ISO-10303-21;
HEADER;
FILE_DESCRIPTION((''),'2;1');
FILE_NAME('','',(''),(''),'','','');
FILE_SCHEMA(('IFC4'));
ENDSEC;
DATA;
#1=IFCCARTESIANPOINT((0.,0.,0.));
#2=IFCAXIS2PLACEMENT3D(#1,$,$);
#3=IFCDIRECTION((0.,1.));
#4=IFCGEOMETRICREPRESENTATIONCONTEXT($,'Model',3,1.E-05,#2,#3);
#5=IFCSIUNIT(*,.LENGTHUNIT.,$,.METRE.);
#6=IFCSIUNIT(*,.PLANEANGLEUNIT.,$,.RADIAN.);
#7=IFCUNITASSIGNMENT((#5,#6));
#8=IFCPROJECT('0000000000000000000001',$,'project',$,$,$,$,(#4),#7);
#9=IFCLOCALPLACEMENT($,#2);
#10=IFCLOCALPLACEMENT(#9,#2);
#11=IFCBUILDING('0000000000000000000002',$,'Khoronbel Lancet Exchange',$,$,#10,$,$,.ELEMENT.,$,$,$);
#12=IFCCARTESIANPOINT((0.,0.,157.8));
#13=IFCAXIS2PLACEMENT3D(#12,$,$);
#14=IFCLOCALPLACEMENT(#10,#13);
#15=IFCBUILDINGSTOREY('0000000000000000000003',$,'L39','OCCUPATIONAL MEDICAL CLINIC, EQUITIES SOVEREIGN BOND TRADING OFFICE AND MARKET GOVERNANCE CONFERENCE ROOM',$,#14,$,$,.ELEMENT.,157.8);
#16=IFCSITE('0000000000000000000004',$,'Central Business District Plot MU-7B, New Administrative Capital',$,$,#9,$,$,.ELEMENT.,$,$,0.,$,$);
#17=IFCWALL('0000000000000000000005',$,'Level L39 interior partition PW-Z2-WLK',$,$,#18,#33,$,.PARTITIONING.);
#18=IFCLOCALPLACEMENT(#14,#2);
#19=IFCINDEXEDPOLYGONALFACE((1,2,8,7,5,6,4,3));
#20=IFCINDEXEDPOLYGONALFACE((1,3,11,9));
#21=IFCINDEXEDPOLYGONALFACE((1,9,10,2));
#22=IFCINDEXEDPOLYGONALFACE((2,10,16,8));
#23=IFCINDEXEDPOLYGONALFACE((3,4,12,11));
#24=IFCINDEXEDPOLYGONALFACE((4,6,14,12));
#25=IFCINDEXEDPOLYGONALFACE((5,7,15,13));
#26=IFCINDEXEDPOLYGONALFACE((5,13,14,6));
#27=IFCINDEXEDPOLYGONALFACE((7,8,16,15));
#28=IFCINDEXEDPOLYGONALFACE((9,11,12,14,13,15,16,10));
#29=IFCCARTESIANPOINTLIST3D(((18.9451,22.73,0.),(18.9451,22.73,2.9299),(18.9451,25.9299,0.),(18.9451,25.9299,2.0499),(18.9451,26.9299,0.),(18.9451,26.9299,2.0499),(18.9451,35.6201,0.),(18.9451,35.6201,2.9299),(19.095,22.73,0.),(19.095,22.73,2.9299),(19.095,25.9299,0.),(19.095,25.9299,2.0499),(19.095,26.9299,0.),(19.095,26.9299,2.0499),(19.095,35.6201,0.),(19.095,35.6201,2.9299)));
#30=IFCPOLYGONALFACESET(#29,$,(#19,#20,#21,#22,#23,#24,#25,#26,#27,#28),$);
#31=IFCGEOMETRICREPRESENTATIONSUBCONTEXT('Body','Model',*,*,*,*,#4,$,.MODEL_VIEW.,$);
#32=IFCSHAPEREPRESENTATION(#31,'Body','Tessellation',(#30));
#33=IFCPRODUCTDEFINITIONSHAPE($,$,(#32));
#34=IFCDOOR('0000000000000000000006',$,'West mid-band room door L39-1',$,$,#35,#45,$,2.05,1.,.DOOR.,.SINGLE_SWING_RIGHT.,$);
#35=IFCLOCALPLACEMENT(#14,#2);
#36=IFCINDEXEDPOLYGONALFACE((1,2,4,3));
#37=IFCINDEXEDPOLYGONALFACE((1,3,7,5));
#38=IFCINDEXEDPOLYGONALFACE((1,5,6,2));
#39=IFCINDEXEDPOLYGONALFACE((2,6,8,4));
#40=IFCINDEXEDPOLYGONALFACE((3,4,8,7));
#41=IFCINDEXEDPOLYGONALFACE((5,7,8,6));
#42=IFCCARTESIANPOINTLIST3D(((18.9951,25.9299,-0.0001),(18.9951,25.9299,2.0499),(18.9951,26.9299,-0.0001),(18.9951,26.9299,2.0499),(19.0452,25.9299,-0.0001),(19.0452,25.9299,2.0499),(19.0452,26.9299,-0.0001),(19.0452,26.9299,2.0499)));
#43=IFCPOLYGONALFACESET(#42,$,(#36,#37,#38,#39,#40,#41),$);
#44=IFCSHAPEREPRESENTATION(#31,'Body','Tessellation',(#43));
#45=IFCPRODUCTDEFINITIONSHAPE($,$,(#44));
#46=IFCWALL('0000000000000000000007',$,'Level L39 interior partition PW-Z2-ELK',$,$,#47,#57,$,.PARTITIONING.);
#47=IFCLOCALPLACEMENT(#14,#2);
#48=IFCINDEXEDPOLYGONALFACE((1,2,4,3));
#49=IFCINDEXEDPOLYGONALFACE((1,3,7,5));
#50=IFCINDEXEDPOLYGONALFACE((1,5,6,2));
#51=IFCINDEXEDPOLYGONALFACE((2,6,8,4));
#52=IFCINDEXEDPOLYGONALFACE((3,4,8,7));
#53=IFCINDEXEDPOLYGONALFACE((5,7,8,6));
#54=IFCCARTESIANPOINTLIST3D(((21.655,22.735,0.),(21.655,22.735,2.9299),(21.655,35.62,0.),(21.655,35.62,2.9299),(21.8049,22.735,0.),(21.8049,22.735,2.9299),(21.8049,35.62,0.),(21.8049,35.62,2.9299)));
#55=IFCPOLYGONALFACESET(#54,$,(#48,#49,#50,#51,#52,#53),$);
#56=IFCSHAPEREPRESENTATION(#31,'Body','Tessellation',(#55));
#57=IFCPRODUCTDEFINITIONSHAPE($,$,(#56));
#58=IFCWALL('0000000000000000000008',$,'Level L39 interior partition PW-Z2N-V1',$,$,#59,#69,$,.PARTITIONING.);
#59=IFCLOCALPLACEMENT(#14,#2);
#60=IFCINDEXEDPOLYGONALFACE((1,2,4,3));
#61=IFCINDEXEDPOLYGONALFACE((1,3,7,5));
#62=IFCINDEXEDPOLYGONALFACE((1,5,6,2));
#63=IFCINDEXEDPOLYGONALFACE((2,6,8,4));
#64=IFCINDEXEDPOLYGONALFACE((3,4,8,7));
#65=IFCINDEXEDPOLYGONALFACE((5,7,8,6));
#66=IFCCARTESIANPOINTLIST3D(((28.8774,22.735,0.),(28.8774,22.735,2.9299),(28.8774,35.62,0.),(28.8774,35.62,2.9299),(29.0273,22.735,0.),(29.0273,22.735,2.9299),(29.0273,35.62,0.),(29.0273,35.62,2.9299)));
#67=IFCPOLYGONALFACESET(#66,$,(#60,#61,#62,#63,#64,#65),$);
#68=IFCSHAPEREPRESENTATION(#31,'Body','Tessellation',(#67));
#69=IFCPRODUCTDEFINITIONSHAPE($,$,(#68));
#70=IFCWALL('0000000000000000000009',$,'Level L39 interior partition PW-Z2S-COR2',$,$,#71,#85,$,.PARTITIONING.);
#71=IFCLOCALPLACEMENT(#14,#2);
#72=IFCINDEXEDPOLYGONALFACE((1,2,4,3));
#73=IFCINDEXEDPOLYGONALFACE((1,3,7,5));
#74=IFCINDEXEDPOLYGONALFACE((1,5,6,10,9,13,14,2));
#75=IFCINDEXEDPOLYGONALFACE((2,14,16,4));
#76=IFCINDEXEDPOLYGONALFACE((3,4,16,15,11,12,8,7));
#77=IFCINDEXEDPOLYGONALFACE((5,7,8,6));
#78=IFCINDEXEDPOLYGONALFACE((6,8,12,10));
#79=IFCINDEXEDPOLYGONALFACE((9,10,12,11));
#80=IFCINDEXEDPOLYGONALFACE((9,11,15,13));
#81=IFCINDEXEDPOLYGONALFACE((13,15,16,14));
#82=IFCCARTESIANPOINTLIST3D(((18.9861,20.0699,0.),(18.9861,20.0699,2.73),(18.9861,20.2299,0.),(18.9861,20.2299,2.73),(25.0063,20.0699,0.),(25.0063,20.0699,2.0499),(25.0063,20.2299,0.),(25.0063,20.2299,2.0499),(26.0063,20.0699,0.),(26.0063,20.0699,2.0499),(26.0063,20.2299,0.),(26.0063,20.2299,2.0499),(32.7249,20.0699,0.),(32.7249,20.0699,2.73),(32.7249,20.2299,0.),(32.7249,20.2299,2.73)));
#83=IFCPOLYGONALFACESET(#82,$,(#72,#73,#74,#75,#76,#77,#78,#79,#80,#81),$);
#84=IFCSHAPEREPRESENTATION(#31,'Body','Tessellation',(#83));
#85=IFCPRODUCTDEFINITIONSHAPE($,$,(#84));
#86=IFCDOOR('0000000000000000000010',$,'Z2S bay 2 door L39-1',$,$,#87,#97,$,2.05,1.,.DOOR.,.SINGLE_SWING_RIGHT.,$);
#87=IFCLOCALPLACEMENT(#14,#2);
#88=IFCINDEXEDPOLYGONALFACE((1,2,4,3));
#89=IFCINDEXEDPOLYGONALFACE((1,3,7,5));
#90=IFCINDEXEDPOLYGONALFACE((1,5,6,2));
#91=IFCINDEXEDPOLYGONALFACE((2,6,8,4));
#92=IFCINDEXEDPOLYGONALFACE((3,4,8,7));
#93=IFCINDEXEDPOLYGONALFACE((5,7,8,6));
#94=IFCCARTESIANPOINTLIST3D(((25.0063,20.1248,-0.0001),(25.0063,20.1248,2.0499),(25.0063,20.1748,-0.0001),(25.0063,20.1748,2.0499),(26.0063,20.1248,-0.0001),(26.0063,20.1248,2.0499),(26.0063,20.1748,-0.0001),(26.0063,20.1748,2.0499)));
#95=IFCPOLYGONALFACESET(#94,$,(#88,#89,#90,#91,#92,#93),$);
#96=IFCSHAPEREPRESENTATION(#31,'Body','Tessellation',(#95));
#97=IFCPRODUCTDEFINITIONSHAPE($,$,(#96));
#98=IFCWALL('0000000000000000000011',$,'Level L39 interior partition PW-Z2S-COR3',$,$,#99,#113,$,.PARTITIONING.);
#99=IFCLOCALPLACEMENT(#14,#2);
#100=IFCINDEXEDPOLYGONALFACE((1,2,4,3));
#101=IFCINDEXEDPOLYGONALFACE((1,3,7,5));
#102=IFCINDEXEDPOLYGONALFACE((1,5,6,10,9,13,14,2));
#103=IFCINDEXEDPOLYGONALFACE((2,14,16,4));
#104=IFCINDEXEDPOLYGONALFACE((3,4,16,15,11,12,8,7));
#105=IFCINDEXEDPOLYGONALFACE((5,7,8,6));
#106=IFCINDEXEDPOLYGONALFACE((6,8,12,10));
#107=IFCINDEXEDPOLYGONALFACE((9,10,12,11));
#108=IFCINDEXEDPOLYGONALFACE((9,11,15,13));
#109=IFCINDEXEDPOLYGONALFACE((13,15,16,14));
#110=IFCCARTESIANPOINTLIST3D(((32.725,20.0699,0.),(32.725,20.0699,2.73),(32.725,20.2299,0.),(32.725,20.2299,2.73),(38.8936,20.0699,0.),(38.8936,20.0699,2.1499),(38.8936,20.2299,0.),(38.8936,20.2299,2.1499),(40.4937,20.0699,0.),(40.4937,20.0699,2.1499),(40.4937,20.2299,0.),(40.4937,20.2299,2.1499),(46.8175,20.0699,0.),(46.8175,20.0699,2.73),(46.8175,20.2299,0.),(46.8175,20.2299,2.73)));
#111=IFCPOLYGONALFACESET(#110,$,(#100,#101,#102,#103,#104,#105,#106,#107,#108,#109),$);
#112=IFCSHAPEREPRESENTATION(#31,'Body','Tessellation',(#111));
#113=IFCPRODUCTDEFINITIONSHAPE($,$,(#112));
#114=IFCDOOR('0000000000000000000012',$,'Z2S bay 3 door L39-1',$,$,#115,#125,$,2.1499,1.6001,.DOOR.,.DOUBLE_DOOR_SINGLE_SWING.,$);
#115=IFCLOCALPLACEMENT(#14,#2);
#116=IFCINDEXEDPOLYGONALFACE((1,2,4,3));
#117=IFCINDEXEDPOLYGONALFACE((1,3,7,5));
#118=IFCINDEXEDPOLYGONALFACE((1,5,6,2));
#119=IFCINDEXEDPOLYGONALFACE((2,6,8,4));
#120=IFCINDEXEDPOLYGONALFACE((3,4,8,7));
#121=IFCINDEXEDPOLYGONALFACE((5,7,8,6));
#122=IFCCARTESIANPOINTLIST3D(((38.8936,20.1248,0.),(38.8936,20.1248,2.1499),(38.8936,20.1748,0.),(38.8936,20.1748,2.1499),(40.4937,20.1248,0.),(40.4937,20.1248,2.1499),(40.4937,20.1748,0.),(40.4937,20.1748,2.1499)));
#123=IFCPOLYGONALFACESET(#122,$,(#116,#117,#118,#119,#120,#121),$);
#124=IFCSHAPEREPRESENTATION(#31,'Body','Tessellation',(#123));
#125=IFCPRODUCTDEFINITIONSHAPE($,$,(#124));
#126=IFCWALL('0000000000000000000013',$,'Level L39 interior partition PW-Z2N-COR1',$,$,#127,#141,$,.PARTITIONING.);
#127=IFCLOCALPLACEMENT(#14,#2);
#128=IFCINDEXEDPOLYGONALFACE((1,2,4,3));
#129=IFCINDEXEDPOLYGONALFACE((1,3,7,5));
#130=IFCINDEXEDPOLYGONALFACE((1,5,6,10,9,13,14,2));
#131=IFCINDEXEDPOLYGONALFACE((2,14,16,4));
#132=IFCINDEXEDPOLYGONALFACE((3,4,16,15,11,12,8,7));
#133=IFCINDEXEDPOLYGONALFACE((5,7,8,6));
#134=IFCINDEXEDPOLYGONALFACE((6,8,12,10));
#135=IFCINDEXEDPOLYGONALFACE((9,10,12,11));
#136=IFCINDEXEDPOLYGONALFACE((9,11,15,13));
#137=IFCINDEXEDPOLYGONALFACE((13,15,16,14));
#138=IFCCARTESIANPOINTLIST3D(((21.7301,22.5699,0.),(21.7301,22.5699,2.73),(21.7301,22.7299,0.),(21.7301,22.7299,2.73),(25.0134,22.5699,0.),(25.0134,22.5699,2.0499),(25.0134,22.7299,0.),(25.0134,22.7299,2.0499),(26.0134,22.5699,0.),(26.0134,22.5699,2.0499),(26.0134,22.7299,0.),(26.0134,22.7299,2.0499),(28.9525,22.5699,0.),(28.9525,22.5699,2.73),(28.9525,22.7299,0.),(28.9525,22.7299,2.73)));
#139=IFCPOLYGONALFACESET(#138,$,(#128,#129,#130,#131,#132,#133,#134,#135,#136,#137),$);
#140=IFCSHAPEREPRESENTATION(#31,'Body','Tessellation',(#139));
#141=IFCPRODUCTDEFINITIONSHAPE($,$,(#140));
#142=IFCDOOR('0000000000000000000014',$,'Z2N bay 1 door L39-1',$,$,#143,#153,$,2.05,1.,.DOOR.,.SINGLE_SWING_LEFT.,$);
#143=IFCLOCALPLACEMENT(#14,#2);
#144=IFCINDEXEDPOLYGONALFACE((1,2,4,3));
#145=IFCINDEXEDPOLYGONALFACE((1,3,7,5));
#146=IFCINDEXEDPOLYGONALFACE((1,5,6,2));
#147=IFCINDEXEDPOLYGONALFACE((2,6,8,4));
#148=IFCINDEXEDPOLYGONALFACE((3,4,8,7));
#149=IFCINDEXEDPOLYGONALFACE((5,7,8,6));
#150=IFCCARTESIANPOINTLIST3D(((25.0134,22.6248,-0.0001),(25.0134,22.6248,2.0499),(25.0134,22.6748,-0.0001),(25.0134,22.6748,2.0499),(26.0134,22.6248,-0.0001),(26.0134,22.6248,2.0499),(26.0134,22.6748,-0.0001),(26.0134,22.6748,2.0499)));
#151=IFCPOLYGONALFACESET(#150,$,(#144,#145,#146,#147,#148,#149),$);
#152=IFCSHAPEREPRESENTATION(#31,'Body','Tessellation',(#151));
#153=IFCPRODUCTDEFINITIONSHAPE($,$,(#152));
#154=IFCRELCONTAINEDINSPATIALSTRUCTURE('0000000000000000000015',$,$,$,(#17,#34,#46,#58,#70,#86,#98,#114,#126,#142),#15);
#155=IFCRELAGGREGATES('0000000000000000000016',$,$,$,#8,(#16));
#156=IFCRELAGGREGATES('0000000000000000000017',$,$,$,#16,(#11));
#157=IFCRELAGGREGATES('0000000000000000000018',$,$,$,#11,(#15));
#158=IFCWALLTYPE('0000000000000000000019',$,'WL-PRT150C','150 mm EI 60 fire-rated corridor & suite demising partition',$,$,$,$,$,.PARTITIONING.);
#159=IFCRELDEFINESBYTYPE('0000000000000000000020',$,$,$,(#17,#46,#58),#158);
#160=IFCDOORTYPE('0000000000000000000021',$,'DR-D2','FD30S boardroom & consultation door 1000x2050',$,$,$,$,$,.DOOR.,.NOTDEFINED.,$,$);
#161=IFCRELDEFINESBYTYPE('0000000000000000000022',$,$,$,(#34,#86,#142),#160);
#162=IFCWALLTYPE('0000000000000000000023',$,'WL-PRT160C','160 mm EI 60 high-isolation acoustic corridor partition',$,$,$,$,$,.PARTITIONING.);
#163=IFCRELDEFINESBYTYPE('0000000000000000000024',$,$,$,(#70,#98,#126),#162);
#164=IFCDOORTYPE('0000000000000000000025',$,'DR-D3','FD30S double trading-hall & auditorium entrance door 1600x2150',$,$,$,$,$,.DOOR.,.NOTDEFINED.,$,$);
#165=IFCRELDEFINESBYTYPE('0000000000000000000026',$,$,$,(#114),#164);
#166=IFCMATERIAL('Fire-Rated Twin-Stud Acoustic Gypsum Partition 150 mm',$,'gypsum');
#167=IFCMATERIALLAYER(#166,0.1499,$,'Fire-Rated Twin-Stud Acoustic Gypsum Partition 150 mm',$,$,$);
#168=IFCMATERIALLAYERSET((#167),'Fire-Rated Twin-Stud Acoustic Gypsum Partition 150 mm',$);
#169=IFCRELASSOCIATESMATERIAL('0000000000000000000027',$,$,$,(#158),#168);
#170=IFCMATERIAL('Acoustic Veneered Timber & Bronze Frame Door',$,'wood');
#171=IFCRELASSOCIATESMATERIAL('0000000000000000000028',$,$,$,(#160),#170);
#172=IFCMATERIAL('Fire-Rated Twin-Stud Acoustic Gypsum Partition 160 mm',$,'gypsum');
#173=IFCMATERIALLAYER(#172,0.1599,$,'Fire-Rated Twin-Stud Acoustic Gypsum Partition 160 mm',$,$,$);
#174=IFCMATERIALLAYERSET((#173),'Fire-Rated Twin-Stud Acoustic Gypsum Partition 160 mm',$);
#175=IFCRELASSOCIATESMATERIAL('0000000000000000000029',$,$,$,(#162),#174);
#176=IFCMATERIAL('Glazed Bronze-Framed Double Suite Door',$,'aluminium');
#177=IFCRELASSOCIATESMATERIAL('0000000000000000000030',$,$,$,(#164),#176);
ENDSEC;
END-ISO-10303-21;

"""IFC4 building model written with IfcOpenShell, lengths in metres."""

from ifc_helpers import new_model, si_unit, direction, frame, frame_2d, origin, place, context, subcontext, project, spatial, rectangle, extrude, material, layer, layer_set, type_object, element, fill, save


model = new_model("IFC4")

# Units and contexts
model_context = context("Model", 3, precision=1e-05, world=origin(), true_north=direction((0.0, 1.0)))
body_context = subcontext(model_context, "Body", "Model", "MODEL_VIEW")
ifc_project = project(units=[si_unit("LENGTHUNIT", "METRE"), si_unit("PLANEANGLEUNIT", "RADIAN")], contexts=[model_context])

# Site, building, storey
site_placement = place(None, origin())
site = spatial("IfcSite", under=ifc_project, at=site_placement, Name="Central Business District Plot MU-7B, New Administrative Capital", CompositionType="ELEMENT", RefElevation=0.0)
building_placement = place(site_placement, origin())
building = spatial("IfcBuilding", under=site, at=building_placement, Name="Khoronbel Lancet Exchange", CompositionType="ELEMENT")
storey_placement = place(building_placement, frame((0.0, 0.0, 157.8)))
storey = spatial("IfcBuildingStorey", under=building, at=storey_placement, Name="L39", Description="OCCUPATIONAL MEDICAL CLINIC, EQUITIES SOVEREIGN BOND TRADING OFFICE AND MARKET GOVERNANCE CONFERENCE ROOM", CompositionType="ELEMENT", Elevation=157.8)

# Wall, opening, door
ifc_material_1 = material(Name="Fire-Rated Twin-Stud Acoustic Gypsum Partition 150 mm", Category="gypsum")
ifc_layer_1 = layer(ifc_material_1, 0.1499, Name="Fire-Rated Twin-Stud Acoustic Gypsum Partition 150 mm")
ifc_layer_set_1 = layer_set([ifc_layer_1], Name="Fire-Rated Twin-Stud Acoustic Gypsum Partition 150 mm")
wall_type_1 = type_object("IfcWallType", Name="WL-PRT150C", Description="150 mm EI 60 fire-rated corridor & suite demising partition", PredefinedType="PARTITIONING", material=ifc_layer_set_1)
wall_1_placement = place(storey_placement, frame((19.02, 22.73, 0.0), z_axis=(0.0, 0.0, 1.0), x_axis=(0.0, 1.0, 0.0)))
wall_1 = element("IfcWall", 1, at=wall_1_placement, inside=storey, type_object=wall_type_1, Name="Level L39 interior partition PW-Z2-WLK", PredefinedType="PARTITIONING", context=body_context, shape_type="SweptSolid", body=[
    extrude(rectangle(XDim=12.8901, YDim=0.1499, at=frame_2d((6.4451, 0.0))), origin(), (0.0, 0.0, 1.0), 2.9299),
])
opening_1_placement = place(wall_1_placement, frame((3.2, 0.0, 0.0)))
opening_1 = element("IfcOpeningElement", 2, at=opening_1_placement, cuts=wall_1, PredefinedType="OPENING", context=body_context, shape_type="SweptSolid", body=[
    extrude(rectangle(XDim=1.0, YDim=2.05, at=frame_2d((0.5, 1.0249))), frame((0.0, 0.085, 0.0), z_axis=(0.0, -1.0, 0.0), x_axis=(1.0, 0.0, 0.0)), (0.0, 0.0, 1.0), 0.1699),
])
ifc_material_2 = material(Name="Acoustic Veneered Timber & Bronze Frame Door", Category="wood")
door_type_1 = type_object("IfcDoorType", Name="DR-D2", Description="FD30S boardroom & consultation door 1000x2050", OperationType="NOTDEFINED", PredefinedType="DOOR", material=ifc_material_2)
door_1_placement = place(opening_1_placement, origin())
door_1 = element("IfcDoor", 3, at=door_1_placement, inside=storey, type_object=door_type_1, Name="West mid-band room door L39-1", OperationType="SINGLE_SWING_RIGHT", OverallHeight=2.05, OverallWidth=1.0, PredefinedType="DOOR", context=body_context, shape_type="SweptSolid", body=[
    extrude(rectangle(XDim=1.0, YDim=2.05, at=frame_2d((0.5, 1.0249))), frame((0.0, 0.0249, 0.0), z_axis=(0.0, -1.0, 0.0), x_axis=(1.0, 0.0, 0.0)), (0.0, 0.0, 1.0), 0.05),
])
fill(opening_1, door_1)

# Walls
for number, where, z_axis, x_axis, name in (
    (4, (21.73, 22.7351, 0.0), (0.0, 0.0, 1.0), (0.0, 1.0, 0.0), "Level L39 interior partition PW-Z2-ELK"),
    (5, (28.9524, 22.7351, 0.0), (0.0, 0.0, 1.0), (0.0, 1.0, 0.0), "Level L39 interior partition PW-Z2N-V1"),
):
    element("IfcWall", number, at=place(storey_placement, frame(where, z_axis=z_axis, x_axis=x_axis)), inside=storey, type_object=wall_type_1, Name=name, PredefinedType="PARTITIONING", context=body_context, shape_type="SweptSolid", body=[
        extrude(rectangle(XDim=12.885, YDim=0.1499, at=frame_2d((6.4424, 0.0))), origin(), (0.0, 0.0, 1.0), 2.9299),
    ])

# Walls, openings, doors
ifc_material_3 = material(Name="Fire-Rated Twin-Stud Acoustic Gypsum Partition 160 mm", Category="gypsum")
ifc_layer_2 = layer(ifc_material_3, 0.1599, Name="Fire-Rated Twin-Stud Acoustic Gypsum Partition 160 mm")
ifc_layer_set_2 = layer_set([ifc_layer_2], Name="Fire-Rated Twin-Stud Acoustic Gypsum Partition 160 mm")
wall_type_2 = type_object("IfcWallType", Name="WL-PRT160C", Description="160 mm EI 60 high-isolation acoustic corridor partition", PredefinedType="PARTITIONING", material=ifc_layer_set_2)
wall_2_placement = place(storey_placement, frame((18.9861, 20.1499, 0.0), z_axis=(0.0, 0.0, 1.0), x_axis=(1.0, 0.0, 0.0)))
wall_2 = element("IfcWall", 6, at=wall_2_placement, inside=storey, type_object=wall_type_2, Name="Level L39 interior partition PW-Z2S-COR2", PredefinedType="PARTITIONING", context=body_context, shape_type="SweptSolid", body=[
    extrude(rectangle(XDim=13.7388, YDim=0.1599, at=frame_2d((6.8694, 0.0))), origin(), (0.0, 0.0, 1.0), 2.73),
])
opening_2_placement = place(wall_2_placement, frame((6.0203, 0.0, 0.0)))
opening_2 = element("IfcOpeningElement", 7, at=opening_2_placement, cuts=wall_2, PredefinedType="OPENING", context=body_context, shape_type="SweptSolid", body=[
    extrude(rectangle(XDim=1.0, YDim=2.05, at=frame_2d((0.5, 1.0249))), frame((0.0, 0.0898, 0.0), z_axis=(0.0, -1.0, 0.0), x_axis=(1.0, 0.0, 0.0)), (0.0, 0.0, 1.0), 0.1799),
])
door_2_placement = place(opening_2_placement, origin())
door_2 = element("IfcDoor", 8, at=door_2_placement, inside=storey, type_object=door_type_1, Name="Z2S bay 2 door L39-1", OperationType="SINGLE_SWING_RIGHT", OverallHeight=2.05, OverallWidth=1.0, PredefinedType="DOOR", context=body_context, shape_type="SweptSolid", body=[
    extrude(rectangle(XDim=1.0, YDim=2.05, at=frame_2d((0.5, 1.0249))), frame((0.0, 0.0249, 0.0), z_axis=(0.0, -1.0, 0.0), x_axis=(1.0, 0.0, 0.0)), (0.0, 0.0, 1.0), 0.05),
])
fill(opening_2, door_2)
wall_3_placement = place(storey_placement, frame((32.7249, 20.1499, 0.0), z_axis=(0.0, 0.0, 1.0), x_axis=(1.0, 0.0, 0.0)))
wall_3 = element("IfcWall", 9, at=wall_3_placement, inside=storey, type_object=wall_type_2, Name="Level L39 interior partition PW-Z2S-COR3", PredefinedType="PARTITIONING", context=body_context, shape_type="SweptSolid", body=[
    extrude(rectangle(XDim=14.0925, YDim=0.1599, at=frame_2d((7.0464, 0.0))), origin(), (0.0, 0.0, 1.0), 2.73),
])
opening_3_placement = place(wall_3_placement, frame((6.1687, 0.0, 0.0)))
opening_3 = element("IfcOpeningElement", 10, at=opening_3_placement, cuts=wall_3, PredefinedType="OPENING", context=body_context, shape_type="SweptSolid", body=[
    extrude(rectangle(XDim=1.6001, YDim=2.1499, at=frame_2d((0.8, 1.075))), frame((0.0, 0.0898, 0.0), z_axis=(0.0, -1.0, 0.0), x_axis=(1.0, 0.0, 0.0)), (0.0, 0.0, 1.0), 0.1799),
])
ifc_material_4 = material(Name="Glazed Bronze-Framed Double Suite Door", Category="aluminium")
door_type_2 = type_object("IfcDoorType", Name="DR-D3", Description="FD30S double trading-hall & auditorium entrance door 1600x2150", OperationType="NOTDEFINED", PredefinedType="DOOR", material=ifc_material_4)
door_3_placement = place(opening_3_placement, origin())
door_3 = element("IfcDoor", 11, at=door_3_placement, inside=storey, type_object=door_type_2, Name="Z2S bay 3 door L39-1", OperationType="DOUBLE_DOOR_SINGLE_SWING", OverallHeight=2.1499, OverallWidth=1.6001, PredefinedType="DOOR", context=body_context, shape_type="SweptSolid", body=[
    extrude(rectangle(XDim=1.6001, YDim=2.1499, at=frame_2d((0.8, 1.075))), frame((0.0, 0.0249, 0.0), z_axis=(0.0, -1.0, 0.0), x_axis=(1.0, 0.0, 0.0)), (0.0, 0.0, 1.0), 0.05),
])
fill(opening_3, door_3)
wall_4_placement = place(storey_placement, frame((21.73, 22.6499, 0.0), z_axis=(0.0, 0.0, 1.0), x_axis=(1.0, 0.0, 0.0)))
wall_4 = element("IfcWall", 12, at=wall_4_placement, inside=storey, type_object=wall_type_2, Name="Level L39 interior partition PW-Z2N-COR1", PredefinedType="PARTITIONING", context=body_context, shape_type="SweptSolid", body=[
    extrude(rectangle(XDim=7.2224, YDim=0.1599, at=frame_2d((3.6113, 0.0))), origin(), (0.0, 0.0, 1.0), 2.73),
])
opening_4_placement = place(wall_4_placement, frame((3.2834, 0.0, 0.0)))
opening_4 = element("IfcOpeningElement", 13, at=opening_4_placement, cuts=wall_4, PredefinedType="OPENING", context=body_context, shape_type="SweptSolid", body=[
    extrude(rectangle(XDim=1.0, YDim=2.05, at=frame_2d((0.5, 1.0249))), frame((0.0, 0.0898, 0.0), z_axis=(0.0, -1.0, 0.0), x_axis=(1.0, 0.0, 0.0)), (0.0, 0.0, 1.0), 0.1799),
])
door_4_placement = place(opening_4_placement, origin())
door_4 = element("IfcDoor", 14, at=door_4_placement, inside=storey, type_object=door_type_1, Name="Z2N bay 1 door L39-1", OperationType="SINGLE_SWING_LEFT", OverallHeight=2.05, OverallWidth=1.0, PredefinedType="DOOR", context=body_context, shape_type="SweptSolid", body=[
    extrude(rectangle(XDim=1.0, YDim=2.05, at=frame_2d((0.5, 1.0249))), frame((0.0, 0.0249, 0.0), z_axis=(0.0, -1.0, 0.0), x_axis=(1.0, 0.0, 0.0)), (0.0, 0.0, 1.0), 0.05),
])
fill(opening_4, door_4)

save(model, "model.ifc")
